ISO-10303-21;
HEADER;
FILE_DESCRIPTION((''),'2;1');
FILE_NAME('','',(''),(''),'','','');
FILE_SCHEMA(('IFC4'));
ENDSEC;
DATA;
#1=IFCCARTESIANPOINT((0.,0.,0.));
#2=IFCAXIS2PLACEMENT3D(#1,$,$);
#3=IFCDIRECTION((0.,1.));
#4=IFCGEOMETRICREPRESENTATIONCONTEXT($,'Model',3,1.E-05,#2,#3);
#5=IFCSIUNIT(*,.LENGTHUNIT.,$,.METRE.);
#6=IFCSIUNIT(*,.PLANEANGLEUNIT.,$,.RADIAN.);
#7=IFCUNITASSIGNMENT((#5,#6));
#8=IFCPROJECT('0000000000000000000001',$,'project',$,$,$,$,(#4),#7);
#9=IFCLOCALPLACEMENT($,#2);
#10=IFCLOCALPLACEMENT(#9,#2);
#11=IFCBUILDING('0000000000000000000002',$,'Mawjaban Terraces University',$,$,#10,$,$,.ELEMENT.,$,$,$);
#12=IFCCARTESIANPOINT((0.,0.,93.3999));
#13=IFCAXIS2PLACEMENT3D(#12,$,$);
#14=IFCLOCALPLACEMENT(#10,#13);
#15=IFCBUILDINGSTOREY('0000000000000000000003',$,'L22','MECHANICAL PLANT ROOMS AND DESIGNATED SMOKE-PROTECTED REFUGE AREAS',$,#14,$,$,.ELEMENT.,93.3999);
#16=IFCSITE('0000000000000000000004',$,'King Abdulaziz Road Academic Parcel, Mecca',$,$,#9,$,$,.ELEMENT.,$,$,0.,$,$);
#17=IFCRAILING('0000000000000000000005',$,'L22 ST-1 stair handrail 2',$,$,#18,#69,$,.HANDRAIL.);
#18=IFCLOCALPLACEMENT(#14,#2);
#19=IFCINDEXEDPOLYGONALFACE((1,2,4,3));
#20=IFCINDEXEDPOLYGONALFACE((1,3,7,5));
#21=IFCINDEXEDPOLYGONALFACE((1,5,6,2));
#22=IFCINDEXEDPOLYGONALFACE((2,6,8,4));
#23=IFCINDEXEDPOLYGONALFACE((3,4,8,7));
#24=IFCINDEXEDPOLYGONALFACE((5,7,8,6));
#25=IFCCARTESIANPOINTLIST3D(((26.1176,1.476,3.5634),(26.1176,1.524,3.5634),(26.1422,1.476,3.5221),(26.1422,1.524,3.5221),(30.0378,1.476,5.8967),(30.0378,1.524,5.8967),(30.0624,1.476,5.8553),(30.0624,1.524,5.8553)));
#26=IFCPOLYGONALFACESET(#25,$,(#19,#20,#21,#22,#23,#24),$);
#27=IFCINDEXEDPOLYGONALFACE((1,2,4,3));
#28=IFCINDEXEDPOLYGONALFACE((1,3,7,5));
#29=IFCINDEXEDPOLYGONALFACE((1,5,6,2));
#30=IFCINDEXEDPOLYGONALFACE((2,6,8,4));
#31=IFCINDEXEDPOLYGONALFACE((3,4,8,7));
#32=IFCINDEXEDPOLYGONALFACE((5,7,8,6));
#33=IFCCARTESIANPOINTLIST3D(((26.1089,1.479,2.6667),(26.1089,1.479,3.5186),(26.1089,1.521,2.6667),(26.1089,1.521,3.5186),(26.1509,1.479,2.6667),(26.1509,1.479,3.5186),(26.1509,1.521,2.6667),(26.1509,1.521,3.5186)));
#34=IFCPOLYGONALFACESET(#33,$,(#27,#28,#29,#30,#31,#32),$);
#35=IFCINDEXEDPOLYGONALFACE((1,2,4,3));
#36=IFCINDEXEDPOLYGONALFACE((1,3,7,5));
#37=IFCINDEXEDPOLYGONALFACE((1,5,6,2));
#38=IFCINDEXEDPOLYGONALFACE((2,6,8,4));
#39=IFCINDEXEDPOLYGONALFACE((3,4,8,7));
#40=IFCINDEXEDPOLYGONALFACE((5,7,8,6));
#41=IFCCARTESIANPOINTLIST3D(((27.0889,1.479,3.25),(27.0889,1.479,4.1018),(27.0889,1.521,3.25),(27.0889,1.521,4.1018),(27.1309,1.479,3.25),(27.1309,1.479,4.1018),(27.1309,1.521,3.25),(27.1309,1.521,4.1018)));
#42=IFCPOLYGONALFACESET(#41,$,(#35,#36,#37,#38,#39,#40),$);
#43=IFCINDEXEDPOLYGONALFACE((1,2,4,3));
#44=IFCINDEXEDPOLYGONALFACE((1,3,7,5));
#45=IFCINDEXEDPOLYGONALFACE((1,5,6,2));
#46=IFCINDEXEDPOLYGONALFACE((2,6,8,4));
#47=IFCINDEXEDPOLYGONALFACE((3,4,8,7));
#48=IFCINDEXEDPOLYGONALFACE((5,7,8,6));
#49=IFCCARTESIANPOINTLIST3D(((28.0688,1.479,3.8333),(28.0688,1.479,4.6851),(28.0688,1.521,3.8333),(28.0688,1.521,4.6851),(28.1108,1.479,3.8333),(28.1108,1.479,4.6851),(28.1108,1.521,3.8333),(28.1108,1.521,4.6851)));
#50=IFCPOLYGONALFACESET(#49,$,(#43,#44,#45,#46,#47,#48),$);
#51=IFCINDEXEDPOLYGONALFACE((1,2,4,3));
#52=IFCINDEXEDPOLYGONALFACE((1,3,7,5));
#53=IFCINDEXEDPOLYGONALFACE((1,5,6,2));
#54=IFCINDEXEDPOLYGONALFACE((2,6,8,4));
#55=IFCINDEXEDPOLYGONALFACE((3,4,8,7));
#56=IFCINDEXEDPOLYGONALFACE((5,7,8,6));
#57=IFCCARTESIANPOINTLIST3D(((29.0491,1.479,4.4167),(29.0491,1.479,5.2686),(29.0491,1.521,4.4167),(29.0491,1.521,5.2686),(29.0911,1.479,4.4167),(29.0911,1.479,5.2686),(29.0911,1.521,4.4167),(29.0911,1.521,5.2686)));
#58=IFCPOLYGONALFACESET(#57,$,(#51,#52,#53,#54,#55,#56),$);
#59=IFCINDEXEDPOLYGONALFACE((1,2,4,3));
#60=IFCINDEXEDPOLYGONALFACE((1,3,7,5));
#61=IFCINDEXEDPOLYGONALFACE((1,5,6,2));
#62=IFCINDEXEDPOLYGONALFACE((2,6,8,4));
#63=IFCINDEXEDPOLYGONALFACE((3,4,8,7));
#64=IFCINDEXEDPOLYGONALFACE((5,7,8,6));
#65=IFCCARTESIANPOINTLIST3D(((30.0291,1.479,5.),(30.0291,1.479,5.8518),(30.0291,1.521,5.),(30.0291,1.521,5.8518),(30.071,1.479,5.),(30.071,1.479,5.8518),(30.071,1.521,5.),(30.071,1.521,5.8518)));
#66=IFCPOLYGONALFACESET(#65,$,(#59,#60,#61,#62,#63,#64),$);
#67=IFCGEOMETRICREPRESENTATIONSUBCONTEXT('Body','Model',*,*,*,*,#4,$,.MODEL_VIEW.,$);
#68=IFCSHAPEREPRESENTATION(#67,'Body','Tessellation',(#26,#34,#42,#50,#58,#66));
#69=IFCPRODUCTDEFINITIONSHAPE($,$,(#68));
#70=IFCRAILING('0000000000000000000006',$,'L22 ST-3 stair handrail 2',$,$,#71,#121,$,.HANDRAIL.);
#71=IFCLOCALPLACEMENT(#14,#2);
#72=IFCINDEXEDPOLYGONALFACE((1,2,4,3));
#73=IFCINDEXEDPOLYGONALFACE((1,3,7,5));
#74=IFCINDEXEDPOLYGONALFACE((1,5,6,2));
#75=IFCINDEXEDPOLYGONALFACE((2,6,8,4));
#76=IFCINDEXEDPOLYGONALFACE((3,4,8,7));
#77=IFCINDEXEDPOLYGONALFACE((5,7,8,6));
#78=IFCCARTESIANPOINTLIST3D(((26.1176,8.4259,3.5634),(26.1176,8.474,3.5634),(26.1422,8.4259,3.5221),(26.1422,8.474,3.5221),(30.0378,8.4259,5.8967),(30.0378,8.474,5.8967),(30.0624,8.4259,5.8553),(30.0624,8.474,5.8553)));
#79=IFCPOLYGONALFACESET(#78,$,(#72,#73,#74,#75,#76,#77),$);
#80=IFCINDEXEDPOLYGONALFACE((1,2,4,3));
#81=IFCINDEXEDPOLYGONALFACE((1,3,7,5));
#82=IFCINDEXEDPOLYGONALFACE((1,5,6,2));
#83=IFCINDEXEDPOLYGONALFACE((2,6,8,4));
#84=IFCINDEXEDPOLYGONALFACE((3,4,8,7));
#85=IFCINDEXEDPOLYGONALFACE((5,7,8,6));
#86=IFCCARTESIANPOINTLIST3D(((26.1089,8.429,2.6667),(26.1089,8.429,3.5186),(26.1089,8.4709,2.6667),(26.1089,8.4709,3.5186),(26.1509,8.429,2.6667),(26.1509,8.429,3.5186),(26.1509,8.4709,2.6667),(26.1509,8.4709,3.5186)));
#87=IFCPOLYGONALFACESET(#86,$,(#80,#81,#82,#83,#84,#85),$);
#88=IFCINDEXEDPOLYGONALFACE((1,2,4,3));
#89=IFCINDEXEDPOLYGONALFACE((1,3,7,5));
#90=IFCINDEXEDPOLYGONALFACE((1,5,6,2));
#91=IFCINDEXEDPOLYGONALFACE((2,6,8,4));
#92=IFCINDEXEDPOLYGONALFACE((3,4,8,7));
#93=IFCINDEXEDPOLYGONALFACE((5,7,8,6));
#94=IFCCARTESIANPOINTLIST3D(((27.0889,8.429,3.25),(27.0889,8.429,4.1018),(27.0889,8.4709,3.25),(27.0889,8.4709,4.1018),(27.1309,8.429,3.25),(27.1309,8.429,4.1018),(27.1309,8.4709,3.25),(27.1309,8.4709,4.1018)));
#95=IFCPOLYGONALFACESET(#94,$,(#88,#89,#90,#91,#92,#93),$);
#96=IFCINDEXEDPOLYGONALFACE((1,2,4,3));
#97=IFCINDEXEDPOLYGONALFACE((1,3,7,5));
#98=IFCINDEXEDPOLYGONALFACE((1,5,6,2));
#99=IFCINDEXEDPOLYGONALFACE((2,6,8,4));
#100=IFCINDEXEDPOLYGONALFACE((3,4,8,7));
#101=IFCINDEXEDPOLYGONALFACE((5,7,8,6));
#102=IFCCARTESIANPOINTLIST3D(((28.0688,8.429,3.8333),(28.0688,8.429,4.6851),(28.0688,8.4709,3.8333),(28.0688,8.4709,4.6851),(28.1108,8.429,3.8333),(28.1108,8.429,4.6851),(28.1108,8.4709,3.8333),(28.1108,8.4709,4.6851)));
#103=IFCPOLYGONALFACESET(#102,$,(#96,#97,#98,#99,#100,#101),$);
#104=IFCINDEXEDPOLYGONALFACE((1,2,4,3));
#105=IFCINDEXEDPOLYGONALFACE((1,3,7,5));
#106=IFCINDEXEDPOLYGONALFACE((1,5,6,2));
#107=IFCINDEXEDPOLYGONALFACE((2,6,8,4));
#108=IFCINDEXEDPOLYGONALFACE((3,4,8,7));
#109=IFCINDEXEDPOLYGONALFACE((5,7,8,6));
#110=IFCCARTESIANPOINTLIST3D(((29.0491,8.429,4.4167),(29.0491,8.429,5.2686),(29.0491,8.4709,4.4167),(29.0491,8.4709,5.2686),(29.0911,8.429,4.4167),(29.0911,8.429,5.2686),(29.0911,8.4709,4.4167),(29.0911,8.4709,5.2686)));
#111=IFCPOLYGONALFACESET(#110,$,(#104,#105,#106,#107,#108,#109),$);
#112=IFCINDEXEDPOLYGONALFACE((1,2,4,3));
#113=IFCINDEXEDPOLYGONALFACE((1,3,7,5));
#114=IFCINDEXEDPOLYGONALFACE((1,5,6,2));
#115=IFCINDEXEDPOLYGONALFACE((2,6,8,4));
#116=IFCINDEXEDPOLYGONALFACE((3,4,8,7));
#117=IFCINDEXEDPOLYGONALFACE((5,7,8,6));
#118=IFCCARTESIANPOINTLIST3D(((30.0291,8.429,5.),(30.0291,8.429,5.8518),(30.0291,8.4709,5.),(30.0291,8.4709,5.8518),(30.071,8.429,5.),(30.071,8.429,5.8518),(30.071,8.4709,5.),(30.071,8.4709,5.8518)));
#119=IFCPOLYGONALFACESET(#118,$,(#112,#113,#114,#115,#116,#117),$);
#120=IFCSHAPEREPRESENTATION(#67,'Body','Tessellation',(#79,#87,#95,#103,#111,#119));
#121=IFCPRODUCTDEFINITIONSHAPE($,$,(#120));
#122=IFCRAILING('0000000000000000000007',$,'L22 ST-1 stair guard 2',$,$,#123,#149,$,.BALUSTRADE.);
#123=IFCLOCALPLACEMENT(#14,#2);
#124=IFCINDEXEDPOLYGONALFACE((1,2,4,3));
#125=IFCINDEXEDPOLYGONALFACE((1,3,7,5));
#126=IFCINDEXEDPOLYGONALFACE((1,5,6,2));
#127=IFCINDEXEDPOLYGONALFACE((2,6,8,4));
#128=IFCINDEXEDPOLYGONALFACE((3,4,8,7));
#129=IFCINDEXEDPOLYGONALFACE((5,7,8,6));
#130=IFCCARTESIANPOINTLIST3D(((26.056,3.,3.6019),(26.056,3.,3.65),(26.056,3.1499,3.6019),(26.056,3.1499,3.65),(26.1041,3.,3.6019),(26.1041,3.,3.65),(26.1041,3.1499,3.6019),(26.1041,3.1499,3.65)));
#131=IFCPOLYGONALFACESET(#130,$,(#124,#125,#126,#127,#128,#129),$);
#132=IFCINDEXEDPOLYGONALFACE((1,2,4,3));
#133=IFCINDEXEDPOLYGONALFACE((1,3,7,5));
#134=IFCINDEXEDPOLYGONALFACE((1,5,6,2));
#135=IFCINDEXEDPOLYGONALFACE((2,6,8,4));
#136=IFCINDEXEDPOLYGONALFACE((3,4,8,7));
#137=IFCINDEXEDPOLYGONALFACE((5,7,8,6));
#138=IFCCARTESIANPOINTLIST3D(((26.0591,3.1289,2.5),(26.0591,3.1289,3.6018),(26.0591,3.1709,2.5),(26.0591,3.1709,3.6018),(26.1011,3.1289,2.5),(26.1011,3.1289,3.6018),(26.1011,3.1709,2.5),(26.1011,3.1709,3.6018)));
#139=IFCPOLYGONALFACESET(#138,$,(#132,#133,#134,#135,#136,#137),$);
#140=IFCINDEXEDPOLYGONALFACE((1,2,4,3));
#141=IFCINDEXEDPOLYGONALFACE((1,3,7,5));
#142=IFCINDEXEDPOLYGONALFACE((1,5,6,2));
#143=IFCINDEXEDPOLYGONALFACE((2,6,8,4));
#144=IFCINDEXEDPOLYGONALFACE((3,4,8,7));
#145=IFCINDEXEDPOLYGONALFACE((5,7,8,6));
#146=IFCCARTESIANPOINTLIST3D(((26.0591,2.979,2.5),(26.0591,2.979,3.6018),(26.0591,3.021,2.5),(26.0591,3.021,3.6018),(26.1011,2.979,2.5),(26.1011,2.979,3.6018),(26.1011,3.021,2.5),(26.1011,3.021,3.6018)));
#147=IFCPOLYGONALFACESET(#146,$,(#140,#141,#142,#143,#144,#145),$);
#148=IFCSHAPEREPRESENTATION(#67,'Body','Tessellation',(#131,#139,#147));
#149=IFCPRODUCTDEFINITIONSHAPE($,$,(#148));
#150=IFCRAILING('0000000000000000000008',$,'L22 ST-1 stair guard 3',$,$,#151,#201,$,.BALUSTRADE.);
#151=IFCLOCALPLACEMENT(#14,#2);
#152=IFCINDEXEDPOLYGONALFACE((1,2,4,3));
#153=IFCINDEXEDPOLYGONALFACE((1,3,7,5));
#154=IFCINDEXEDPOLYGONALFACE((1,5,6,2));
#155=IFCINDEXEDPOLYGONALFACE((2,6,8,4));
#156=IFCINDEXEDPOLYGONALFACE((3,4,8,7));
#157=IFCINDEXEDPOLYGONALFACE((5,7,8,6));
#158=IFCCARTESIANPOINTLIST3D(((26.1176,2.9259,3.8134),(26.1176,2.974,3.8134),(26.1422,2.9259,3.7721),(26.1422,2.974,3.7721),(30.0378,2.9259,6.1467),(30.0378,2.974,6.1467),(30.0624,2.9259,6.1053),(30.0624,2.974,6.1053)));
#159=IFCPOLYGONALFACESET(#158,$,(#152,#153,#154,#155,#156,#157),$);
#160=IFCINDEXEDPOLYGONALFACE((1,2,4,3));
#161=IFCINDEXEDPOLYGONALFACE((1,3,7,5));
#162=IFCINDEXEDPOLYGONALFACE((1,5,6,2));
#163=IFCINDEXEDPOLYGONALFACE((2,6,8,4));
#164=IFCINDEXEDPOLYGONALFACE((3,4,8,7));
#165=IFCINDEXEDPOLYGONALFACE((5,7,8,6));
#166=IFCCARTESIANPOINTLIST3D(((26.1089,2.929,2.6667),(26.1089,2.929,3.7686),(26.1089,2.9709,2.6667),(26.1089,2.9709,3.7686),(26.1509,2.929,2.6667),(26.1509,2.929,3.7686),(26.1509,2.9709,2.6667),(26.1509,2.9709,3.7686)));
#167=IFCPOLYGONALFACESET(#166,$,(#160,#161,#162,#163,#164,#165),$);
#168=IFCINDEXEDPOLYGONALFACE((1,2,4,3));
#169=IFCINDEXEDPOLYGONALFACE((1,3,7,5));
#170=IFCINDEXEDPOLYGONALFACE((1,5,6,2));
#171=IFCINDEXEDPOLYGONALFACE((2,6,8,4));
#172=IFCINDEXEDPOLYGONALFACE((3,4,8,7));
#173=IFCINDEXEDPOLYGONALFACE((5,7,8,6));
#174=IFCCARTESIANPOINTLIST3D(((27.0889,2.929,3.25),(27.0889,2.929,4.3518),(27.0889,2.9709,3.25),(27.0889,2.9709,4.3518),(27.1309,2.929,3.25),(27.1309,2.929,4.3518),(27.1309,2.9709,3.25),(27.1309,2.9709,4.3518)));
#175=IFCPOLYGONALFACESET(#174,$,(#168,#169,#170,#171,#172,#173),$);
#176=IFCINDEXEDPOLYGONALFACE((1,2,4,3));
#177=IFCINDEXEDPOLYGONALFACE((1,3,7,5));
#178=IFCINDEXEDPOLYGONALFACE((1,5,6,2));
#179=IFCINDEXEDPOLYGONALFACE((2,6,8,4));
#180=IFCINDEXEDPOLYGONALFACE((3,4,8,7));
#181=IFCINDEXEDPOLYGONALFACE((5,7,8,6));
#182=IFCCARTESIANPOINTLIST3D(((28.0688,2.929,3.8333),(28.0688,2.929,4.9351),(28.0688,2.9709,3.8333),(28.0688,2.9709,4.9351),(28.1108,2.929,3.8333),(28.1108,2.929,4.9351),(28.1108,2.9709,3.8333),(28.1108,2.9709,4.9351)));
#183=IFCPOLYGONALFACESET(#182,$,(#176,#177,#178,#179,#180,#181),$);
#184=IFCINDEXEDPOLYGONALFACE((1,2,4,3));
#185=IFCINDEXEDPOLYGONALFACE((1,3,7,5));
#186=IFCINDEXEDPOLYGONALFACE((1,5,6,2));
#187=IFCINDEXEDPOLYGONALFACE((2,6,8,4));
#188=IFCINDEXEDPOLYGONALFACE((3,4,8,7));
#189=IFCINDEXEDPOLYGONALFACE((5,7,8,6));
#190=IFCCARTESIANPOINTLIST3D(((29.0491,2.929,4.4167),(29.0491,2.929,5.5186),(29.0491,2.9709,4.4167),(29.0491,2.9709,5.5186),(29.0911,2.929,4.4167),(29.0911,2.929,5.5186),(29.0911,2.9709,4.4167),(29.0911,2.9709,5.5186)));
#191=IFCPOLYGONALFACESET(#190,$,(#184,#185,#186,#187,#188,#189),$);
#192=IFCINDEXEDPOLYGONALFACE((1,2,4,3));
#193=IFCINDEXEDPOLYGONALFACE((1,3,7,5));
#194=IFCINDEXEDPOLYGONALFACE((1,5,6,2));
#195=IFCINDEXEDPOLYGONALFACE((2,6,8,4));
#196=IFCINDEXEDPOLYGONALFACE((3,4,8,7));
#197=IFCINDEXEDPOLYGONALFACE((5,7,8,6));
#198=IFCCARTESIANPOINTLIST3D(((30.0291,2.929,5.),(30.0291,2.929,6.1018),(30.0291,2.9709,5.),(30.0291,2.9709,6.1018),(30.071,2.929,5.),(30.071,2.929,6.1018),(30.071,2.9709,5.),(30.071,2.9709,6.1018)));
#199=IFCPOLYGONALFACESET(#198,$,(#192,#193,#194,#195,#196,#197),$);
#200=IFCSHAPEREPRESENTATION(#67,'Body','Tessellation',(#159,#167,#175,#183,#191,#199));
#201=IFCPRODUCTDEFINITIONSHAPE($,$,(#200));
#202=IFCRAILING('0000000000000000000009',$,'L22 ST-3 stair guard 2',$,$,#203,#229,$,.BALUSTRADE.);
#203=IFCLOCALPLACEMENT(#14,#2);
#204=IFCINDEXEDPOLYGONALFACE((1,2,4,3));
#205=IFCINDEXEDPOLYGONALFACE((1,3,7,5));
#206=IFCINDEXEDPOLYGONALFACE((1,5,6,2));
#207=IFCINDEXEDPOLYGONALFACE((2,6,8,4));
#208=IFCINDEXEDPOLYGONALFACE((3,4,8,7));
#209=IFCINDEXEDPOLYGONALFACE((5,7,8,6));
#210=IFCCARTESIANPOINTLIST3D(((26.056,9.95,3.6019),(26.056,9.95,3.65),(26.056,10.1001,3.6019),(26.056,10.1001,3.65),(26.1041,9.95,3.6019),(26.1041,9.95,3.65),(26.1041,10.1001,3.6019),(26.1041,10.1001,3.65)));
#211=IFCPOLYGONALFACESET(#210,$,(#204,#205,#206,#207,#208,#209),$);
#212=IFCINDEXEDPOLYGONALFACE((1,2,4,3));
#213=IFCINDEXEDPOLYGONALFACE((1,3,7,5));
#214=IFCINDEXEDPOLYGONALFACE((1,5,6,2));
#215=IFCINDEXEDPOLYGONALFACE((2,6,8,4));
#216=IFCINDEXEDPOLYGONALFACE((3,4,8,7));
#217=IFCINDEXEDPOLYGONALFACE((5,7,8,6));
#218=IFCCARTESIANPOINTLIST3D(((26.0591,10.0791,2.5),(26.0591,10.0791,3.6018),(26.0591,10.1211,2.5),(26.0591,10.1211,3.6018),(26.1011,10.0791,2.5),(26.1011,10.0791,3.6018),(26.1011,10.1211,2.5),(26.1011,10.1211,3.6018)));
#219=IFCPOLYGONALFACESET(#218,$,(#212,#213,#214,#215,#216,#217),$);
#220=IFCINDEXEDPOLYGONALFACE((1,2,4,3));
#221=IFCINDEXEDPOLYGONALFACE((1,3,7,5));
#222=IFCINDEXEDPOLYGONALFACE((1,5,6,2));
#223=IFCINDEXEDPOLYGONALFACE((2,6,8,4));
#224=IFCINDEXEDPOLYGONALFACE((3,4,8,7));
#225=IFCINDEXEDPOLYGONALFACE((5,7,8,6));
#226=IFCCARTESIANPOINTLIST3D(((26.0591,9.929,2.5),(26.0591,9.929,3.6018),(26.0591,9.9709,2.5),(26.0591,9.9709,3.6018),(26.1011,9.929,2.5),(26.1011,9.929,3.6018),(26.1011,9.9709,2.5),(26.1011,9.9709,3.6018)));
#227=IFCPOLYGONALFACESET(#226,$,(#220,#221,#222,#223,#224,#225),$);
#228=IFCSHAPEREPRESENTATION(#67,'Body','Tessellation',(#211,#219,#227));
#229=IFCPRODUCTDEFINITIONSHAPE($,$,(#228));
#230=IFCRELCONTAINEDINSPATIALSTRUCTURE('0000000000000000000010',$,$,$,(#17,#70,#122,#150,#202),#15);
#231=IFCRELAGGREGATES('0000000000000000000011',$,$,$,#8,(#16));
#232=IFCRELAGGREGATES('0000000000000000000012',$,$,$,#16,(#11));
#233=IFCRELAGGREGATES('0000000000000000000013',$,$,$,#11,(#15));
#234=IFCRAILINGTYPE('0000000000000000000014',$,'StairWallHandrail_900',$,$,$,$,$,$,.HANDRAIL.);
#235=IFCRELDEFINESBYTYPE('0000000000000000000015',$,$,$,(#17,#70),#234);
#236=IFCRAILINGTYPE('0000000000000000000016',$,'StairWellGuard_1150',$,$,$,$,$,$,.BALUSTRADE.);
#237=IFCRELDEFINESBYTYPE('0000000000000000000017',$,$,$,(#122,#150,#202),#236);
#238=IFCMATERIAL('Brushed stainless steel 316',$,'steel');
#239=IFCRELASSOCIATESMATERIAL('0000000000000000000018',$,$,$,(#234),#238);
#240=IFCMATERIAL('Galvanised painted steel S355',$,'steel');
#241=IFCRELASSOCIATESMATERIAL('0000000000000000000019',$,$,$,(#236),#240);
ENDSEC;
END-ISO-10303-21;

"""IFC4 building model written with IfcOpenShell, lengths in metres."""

from ifc_helpers import new_model, si_unit, direction, frame, origin, origin_2d, place, context, subcontext, project, spatial, rectangle, extrude, material, type_object, element, save


model = new_model("IFC4")

# Units and contexts
model_context = context("Model", 3, precision=1e-05, world=origin(), true_north=direction((0.0, 1.0)))
body_context = subcontext(model_context, "Body", "Model", "MODEL_VIEW")
ifc_project = project(units=[si_unit("LENGTHUNIT", "METRE"), si_unit("PLANEANGLEUNIT", "RADIAN")], contexts=[model_context])

# Site, building, storey
site_placement = place(None, origin())
site = spatial("IfcSite", under=ifc_project, at=site_placement, Name="King Abdulaziz Road Academic Parcel, Mecca", CompositionType="ELEMENT", RefElevation=0.0)
building_placement = place(site_placement, origin())
building = spatial("IfcBuilding", under=site, at=building_placement, Name="Mawjaban Terraces University", CompositionType="ELEMENT")
storey_placement = place(building_placement, frame((0.0, 0.0, 93.3999)))
storey = spatial("IfcBuildingStorey", under=building, at=storey_placement, Name="L22", Description="MECHANICAL PLANT ROOMS AND DESIGNATED SMOKE-PROTECTED REFUGE AREAS", CompositionType="ELEMENT", Elevation=93.3999)

# Railings
ifc_material_1 = material(Name="Brushed stainless steel 316", Category="steel")
railing_type_1 = type_object("IfcRailingType", Name="StairWallHandrail_900", PredefinedType="HANDRAIL", material=ifc_material_1)
for number, where, name in (
    (1, (26.1299, 1.5, 2.6667), "L22 ST-1 stair handrail 2"),
    (2, (26.1299, 8.45, 2.6667), "L22 ST-3 stair handrail 2"),
):
    element("IfcRailing", number, at=place(storey_placement, frame(where)), inside=storey, type_object=railing_type_1, Name=name, PredefinedType="HANDRAIL", context=body_context, shape_type="SweptSolid", body=[
        extrude(rectangle(XDim=0.0481, YDim=0.0481, at=origin_2d()), frame((0.0, 0.0, 0.876), z_axis=(0.85931, 0.0, 0.511455), x_axis=(0.0, 1.0, 0.0)), (0.0, 0.0, 1.0), 4.562),
        extrude(rectangle(XDim=0.042, YDim=0.042, at=origin_2d()), origin(), (0.0, 0.0, 1.0), 0.8518),
        extrude(rectangle(XDim=0.042, YDim=0.042, at=origin_2d()), frame((0.98, 0.0, 0.5833)), (0.0, 0.0, 1.0), 0.8518),
        extrude(rectangle(XDim=0.042, YDim=0.042, at=origin_2d()), frame((1.96, 0.0, 1.1665)), (0.0, 0.0, 1.0), 0.8518),
        extrude(rectangle(XDim=0.042, YDim=0.042, at=origin_2d()), frame((2.9402, 0.0, 1.75)), (0.0, 0.0, 1.0), 0.8518),
        extrude(rectangle(XDim=0.042, YDim=0.042, at=origin_2d()), frame((3.9202, 0.0, 2.3333)), (0.0, 0.0, 1.0), 0.8518),
    ])
ifc_material_2 = material(Name="Galvanised painted steel S355", Category="steel")
railing_type_2 = type_object("IfcRailingType", Name="StairWellGuard_1150", PredefinedType="BALUSTRADE", material=ifc_material_2)
railing_1_placement = place(storey_placement, frame((26.0801, 3.1499, 2.5)))
element("IfcRailing", 3, at=railing_1_placement, inside=storey, type_object=railing_type_2, Name="L22 ST-1 stair guard 2", PredefinedType="BALUSTRADE", context=body_context, shape_type="SweptSolid", body=[
    extrude(rectangle(XDim=0.0481, YDim=0.0481, at=origin_2d()), frame((0.0, 0.0, 1.126), z_axis=(0.0, -1.0, 0.0), x_axis=(1.0, 0.0, 0.0)), (0.0, 0.0, 1.0), 0.1499),
    extrude(rectangle(XDim=0.042, YDim=0.042, at=origin_2d()), origin(), (0.0, 0.0, 1.0), 1.1018),
    extrude(rectangle(XDim=0.042, YDim=0.042, at=origin_2d()), frame((0.0, -0.1499, 0.0)), (0.0, 0.0, 1.0), 1.1018),
])
railing_2_placement = place(storey_placement, frame((26.1299, 2.95, 2.6667)))
element("IfcRailing", 4, at=railing_2_placement, inside=storey, type_object=railing_type_2, Name="L22 ST-1 stair guard 3", PredefinedType="BALUSTRADE", context=body_context, shape_type="SweptSolid", body=[
    extrude(rectangle(XDim=0.0481, YDim=0.0481, at=origin_2d()), frame((0.0, 0.0, 1.126), z_axis=(0.85931, 0.0, 0.511455), x_axis=(0.0, 1.0, 0.0)), (0.0, 0.0, 1.0), 4.562),
    extrude(rectangle(XDim=0.042, YDim=0.042, at=origin_2d()), origin(), (0.0, 0.0, 1.0), 1.1018),
    extrude(rectangle(XDim=0.042, YDim=0.042, at=origin_2d()), frame((0.98, 0.0, 0.5833)), (0.0, 0.0, 1.0), 1.1018),
    extrude(rectangle(XDim=0.042, YDim=0.042, at=origin_2d()), frame((1.96, 0.0, 1.1665)), (0.0, 0.0, 1.0), 1.1018),
    extrude(rectangle(XDim=0.042, YDim=0.042, at=origin_2d()), frame((2.9402, 0.0, 1.75)), (0.0, 0.0, 1.0), 1.1018),
    extrude(rectangle(XDim=0.042, YDim=0.042, at=origin_2d()), frame((3.9202, 0.0, 2.3333)), (0.0, 0.0, 1.0), 1.1018),
])
railing_3_placement = place(storey_placement, frame((26.0801, 10.1001, 2.5)))
element("IfcRailing", 5, at=railing_3_placement, inside=storey, type_object=railing_type_2, Name="L22 ST-3 stair guard 2", PredefinedType="BALUSTRADE", context=body_context, shape_type="SweptSolid", body=[
    extrude(rectangle(XDim=0.0481, YDim=0.0481, at=origin_2d()), frame((0.0, 0.0, 1.126), z_axis=(0.0, -1.0, 0.0), x_axis=(1.0, 0.0, 0.0)), (0.0, 0.0, 1.0), 0.1501),
    extrude(rectangle(XDim=0.042, YDim=0.042, at=origin_2d()), origin(), (0.0, 0.0, 1.0), 1.1018),
    extrude(rectangle(XDim=0.042, YDim=0.042, at=origin_2d()), frame((0.0, -0.1501, 0.0)), (0.0, 0.0, 1.0), 1.1018),
])

save(model, "model.ifc")
